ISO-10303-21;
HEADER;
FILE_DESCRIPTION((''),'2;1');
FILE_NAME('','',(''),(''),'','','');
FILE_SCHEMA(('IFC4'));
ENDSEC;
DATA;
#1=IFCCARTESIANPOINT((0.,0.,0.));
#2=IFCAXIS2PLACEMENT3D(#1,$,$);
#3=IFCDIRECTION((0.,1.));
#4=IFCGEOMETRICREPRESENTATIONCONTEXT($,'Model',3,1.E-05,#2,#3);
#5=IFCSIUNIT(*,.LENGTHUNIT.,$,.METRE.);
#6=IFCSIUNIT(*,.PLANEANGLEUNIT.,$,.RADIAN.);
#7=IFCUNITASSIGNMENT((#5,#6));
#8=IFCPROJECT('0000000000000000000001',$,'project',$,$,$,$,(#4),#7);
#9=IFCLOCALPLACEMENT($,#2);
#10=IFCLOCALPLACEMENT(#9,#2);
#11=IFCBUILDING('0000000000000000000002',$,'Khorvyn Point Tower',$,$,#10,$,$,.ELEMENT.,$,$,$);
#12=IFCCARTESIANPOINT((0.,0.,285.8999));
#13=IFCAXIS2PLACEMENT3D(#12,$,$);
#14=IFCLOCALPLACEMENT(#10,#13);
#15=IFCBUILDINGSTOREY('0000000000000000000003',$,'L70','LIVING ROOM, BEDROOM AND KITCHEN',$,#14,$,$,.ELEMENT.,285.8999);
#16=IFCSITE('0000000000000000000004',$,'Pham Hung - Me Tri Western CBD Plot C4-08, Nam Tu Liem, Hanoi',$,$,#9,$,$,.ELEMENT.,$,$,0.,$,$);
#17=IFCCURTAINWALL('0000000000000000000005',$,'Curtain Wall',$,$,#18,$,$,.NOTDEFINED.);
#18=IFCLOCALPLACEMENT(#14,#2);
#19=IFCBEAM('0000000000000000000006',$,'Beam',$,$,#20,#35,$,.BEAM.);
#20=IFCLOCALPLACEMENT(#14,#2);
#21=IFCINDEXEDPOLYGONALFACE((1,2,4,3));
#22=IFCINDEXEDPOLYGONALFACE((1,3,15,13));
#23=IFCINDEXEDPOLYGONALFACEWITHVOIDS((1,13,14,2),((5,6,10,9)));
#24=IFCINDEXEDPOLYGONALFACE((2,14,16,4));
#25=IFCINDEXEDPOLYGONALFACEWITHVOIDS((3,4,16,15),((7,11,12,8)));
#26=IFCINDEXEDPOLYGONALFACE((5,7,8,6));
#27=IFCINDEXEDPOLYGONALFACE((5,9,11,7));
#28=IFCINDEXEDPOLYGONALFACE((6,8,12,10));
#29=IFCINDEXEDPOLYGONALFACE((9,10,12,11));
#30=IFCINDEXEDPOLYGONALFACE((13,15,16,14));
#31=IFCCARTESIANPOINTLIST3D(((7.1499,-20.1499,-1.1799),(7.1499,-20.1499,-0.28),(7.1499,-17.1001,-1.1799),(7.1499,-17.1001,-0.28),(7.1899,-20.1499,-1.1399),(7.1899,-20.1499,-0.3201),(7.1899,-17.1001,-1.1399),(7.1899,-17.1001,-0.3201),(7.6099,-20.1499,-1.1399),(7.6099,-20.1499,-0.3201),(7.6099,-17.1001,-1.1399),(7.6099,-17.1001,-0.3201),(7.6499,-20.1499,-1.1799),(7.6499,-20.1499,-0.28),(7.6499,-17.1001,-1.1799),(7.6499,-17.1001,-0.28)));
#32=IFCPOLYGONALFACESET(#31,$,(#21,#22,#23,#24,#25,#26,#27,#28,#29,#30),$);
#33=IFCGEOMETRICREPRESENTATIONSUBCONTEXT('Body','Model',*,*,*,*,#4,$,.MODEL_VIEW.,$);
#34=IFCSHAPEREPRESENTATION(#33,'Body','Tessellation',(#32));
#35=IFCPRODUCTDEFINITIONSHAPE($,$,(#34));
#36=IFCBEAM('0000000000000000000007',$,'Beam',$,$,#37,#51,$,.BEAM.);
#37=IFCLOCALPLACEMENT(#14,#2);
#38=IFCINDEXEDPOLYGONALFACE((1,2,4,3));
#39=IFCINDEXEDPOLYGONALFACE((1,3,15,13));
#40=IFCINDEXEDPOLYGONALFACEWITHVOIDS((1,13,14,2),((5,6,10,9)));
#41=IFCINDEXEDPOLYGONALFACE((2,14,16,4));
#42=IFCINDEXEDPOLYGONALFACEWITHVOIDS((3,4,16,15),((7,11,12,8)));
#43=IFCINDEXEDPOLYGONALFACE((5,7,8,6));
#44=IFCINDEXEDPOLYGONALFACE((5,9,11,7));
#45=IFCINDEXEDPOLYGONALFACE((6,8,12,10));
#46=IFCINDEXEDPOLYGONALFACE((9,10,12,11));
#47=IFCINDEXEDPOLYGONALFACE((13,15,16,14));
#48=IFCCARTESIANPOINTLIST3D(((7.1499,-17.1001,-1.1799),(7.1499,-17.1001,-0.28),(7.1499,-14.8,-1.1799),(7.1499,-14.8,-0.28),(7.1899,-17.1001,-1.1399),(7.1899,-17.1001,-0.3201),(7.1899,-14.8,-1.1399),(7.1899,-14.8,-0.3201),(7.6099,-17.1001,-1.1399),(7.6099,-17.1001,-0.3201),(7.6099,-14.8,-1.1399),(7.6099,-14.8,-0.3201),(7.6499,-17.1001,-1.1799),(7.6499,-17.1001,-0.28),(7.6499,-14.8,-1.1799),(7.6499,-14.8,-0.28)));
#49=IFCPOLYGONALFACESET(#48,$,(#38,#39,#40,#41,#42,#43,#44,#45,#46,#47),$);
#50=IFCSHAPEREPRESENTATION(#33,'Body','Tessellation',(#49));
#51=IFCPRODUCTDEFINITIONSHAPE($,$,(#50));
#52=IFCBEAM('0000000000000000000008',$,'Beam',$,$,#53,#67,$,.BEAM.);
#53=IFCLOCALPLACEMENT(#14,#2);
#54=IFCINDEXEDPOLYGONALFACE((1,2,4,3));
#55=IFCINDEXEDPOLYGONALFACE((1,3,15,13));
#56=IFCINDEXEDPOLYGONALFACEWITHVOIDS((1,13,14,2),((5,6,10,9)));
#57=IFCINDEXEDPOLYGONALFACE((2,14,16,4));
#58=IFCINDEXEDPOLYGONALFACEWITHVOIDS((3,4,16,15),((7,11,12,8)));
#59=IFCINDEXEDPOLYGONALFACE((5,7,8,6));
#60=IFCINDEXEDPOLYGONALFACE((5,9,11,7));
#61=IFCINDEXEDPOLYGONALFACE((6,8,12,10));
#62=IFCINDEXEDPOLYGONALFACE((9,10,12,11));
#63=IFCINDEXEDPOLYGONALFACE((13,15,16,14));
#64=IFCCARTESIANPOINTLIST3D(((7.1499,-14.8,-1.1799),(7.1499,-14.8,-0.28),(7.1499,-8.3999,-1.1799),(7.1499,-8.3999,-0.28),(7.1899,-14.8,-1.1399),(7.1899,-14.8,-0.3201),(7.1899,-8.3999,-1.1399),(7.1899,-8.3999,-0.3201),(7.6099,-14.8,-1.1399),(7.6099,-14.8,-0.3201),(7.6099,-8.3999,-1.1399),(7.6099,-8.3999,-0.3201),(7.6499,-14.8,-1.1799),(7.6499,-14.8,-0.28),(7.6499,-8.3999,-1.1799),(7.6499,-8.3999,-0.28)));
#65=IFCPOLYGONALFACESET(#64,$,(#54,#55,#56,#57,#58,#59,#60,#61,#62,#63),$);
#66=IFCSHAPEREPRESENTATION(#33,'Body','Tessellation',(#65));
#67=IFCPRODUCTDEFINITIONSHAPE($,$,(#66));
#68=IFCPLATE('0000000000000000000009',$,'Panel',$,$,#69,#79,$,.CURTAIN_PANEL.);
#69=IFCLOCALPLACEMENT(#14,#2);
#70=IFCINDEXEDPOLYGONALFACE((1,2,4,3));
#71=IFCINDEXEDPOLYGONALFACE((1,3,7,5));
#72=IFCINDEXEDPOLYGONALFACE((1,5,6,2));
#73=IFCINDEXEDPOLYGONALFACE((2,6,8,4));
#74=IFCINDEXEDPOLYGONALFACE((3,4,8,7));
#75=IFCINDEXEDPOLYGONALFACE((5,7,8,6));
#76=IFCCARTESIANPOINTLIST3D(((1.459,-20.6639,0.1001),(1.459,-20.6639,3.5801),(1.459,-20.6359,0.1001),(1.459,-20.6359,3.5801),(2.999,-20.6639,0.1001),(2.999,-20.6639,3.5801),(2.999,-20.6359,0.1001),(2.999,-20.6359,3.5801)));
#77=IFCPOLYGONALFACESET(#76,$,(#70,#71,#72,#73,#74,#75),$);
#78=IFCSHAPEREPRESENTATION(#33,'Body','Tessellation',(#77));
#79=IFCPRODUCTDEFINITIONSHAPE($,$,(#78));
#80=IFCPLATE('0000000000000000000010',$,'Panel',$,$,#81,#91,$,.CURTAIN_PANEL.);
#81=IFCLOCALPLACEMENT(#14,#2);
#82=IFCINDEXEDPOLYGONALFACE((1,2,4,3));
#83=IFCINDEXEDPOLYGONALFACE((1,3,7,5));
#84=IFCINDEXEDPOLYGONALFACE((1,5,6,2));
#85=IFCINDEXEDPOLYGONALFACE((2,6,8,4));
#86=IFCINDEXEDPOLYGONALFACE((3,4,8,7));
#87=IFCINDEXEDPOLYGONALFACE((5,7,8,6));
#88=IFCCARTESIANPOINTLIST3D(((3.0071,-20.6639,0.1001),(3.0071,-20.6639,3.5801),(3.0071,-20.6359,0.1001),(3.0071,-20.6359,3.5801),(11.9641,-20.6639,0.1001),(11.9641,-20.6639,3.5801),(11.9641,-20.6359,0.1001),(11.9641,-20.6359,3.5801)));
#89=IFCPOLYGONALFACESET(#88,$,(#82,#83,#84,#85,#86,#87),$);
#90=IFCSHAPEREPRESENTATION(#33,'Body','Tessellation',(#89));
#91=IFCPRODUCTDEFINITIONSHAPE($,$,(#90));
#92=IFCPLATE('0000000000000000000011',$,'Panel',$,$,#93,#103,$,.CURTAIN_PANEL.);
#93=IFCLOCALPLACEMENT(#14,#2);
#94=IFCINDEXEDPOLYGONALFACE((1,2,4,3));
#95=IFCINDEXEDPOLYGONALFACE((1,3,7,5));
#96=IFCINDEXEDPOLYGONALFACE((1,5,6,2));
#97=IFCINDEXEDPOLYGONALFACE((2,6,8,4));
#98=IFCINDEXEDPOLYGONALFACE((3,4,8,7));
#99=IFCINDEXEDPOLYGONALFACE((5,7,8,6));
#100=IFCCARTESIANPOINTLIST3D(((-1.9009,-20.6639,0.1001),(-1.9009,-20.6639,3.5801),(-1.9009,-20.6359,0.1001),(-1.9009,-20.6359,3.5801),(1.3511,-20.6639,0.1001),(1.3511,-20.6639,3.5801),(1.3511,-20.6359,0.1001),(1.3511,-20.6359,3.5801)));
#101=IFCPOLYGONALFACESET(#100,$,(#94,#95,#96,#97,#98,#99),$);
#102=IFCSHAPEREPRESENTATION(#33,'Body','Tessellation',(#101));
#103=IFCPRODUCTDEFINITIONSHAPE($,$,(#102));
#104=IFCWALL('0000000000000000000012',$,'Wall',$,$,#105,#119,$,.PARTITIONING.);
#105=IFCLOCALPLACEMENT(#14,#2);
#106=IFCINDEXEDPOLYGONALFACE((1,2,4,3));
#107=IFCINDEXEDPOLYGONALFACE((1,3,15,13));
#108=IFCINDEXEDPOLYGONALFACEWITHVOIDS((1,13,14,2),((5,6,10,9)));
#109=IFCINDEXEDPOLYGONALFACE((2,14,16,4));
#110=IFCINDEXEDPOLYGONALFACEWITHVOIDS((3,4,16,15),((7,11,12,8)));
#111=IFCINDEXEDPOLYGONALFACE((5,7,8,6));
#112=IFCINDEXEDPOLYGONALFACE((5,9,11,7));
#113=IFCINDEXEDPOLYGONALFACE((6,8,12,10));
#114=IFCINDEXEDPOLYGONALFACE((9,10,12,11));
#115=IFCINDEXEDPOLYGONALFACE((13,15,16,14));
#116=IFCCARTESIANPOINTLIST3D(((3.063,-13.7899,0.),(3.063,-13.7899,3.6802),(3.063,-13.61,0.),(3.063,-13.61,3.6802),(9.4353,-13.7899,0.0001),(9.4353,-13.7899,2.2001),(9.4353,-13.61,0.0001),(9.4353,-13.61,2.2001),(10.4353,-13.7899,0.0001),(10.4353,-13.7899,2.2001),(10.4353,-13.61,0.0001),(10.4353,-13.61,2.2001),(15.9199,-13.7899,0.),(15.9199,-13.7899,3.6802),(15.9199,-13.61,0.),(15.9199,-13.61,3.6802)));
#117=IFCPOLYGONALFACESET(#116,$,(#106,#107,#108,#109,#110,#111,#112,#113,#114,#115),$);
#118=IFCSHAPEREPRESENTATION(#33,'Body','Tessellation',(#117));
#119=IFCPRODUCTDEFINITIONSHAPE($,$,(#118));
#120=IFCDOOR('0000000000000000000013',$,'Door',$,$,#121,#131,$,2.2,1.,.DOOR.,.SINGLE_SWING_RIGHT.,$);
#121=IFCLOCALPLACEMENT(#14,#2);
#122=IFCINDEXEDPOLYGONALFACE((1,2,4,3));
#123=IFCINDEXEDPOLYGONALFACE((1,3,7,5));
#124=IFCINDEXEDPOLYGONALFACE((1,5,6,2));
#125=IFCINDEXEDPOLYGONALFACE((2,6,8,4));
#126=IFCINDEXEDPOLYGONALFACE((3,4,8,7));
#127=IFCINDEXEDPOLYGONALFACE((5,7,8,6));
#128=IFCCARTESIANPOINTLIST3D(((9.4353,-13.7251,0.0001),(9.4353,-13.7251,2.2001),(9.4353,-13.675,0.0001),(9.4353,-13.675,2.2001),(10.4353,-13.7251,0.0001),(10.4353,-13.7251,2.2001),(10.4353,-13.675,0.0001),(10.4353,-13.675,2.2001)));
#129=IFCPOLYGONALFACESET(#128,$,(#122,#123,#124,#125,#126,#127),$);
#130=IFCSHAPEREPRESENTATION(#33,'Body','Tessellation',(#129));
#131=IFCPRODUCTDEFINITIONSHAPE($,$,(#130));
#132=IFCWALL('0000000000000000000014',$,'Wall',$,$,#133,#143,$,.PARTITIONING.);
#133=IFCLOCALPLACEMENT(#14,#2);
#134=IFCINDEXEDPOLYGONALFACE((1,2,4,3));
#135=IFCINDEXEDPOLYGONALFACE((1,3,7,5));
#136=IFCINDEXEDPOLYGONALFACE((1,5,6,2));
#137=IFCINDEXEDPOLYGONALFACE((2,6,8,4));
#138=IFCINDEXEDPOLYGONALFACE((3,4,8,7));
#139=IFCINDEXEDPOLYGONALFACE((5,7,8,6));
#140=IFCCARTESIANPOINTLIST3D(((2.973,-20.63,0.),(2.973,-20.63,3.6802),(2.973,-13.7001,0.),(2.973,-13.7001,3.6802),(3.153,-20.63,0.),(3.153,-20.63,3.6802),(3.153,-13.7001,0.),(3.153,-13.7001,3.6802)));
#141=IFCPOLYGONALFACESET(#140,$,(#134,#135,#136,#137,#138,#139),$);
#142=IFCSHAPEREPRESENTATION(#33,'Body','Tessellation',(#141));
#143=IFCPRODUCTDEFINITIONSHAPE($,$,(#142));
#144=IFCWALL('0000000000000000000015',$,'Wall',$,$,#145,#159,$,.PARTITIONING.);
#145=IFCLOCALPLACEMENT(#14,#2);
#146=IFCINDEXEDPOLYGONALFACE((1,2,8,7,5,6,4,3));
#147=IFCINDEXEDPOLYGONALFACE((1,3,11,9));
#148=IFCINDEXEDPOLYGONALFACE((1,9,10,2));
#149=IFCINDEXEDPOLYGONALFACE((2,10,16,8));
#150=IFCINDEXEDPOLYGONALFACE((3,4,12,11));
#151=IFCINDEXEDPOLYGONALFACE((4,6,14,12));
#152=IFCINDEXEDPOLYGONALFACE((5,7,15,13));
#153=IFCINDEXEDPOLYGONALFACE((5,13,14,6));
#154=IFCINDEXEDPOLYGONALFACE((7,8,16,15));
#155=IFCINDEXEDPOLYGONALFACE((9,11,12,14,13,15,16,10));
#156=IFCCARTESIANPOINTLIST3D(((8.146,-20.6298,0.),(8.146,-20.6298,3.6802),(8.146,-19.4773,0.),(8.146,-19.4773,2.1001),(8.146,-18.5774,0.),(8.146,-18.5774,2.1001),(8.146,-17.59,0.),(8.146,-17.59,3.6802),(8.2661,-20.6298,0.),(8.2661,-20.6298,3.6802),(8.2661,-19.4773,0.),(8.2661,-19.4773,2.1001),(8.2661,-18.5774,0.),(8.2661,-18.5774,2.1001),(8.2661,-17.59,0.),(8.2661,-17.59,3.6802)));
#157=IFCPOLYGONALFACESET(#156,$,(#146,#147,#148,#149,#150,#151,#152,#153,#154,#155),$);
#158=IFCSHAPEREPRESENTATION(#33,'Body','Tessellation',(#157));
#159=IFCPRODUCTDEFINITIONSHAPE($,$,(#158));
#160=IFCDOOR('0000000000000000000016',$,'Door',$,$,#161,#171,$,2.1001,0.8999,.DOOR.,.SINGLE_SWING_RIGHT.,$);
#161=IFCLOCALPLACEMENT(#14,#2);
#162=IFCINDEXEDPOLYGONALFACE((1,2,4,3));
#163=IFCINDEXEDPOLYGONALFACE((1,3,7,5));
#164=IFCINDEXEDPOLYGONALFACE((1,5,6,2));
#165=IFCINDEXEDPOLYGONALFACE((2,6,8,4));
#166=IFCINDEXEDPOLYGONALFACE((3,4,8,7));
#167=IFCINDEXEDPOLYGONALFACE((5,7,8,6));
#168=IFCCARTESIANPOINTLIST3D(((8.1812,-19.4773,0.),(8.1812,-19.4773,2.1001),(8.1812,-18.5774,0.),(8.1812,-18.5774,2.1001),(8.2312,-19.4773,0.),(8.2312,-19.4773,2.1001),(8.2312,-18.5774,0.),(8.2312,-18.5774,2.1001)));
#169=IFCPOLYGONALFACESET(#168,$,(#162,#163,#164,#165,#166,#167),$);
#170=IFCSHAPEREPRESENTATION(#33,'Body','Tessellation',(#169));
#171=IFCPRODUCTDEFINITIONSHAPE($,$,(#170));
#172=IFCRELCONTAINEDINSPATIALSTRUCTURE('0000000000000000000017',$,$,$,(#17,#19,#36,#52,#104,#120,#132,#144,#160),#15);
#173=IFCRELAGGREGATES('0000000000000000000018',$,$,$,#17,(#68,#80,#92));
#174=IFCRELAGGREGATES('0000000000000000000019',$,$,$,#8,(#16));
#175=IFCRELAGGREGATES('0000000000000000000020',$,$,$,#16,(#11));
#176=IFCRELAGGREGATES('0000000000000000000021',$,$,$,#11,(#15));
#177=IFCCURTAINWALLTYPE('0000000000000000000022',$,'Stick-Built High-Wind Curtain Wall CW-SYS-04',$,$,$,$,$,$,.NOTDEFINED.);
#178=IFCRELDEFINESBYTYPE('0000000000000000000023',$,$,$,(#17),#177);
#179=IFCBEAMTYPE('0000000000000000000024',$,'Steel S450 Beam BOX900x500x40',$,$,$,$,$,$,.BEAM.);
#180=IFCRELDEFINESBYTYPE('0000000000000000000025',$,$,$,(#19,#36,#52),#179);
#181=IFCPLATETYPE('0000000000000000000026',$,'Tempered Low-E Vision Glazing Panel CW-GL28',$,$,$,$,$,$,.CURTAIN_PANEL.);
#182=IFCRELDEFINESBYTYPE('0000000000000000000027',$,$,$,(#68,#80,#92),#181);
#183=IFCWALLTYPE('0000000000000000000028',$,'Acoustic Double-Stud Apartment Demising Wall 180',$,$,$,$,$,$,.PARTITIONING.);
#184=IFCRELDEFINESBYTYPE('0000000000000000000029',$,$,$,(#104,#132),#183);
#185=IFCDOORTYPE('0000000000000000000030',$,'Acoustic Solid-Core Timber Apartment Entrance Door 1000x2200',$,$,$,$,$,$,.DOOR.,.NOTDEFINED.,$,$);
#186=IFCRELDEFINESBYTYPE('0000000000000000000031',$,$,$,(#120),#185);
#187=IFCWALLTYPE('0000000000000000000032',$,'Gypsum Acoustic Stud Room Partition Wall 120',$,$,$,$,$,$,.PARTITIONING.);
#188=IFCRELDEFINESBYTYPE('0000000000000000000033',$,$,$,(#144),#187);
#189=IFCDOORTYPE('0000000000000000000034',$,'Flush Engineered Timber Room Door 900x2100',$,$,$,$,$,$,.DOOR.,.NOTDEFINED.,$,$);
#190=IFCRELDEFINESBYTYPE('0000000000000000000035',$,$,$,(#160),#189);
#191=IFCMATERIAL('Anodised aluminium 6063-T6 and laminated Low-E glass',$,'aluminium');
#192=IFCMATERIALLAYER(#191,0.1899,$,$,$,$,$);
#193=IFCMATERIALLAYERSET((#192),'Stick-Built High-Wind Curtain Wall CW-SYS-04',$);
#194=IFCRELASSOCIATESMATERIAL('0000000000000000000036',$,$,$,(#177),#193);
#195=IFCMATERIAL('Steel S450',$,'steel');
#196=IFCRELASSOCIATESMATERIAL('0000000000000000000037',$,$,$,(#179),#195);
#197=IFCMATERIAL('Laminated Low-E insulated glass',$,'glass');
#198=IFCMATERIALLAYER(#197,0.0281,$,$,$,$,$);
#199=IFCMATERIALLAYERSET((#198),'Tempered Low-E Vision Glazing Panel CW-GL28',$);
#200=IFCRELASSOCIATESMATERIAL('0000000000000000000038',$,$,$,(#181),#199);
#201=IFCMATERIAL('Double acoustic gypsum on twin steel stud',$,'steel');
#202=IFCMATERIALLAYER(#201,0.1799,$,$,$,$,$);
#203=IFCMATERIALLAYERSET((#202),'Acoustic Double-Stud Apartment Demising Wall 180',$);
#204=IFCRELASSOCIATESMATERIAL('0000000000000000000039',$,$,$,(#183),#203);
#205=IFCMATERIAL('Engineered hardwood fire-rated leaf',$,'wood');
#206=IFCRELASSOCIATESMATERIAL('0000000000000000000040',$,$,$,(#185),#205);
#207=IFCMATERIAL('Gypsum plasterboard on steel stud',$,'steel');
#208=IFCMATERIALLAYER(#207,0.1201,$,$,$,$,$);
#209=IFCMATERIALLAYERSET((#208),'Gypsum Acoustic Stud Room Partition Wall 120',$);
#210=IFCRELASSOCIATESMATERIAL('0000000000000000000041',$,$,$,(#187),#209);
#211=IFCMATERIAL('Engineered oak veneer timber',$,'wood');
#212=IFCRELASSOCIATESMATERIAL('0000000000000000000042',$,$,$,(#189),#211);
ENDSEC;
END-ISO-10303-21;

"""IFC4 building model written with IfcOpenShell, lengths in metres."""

from ifc_helpers import new_model, si_unit, direction, frame, frame_2d, origin, origin_2d, place, context, subcontext, project, spatial, rectangle, hollow_rectangle, extrude, material, layer, layer_set, material_profile, profile_set, type_object, element, fill, aggregate, save


model = new_model("IFC4")

# Units and contexts
model_context = context("Model", 3, precision=1e-05, world=origin(), true_north=direction((0.0, 1.0)))
body_context = subcontext(model_context, "Body", "Model", "MODEL_VIEW")
ifc_project = project(units=[si_unit("LENGTHUNIT", "METRE"), si_unit("PLANEANGLEUNIT", "RADIAN")], contexts=[model_context])

# Site, building, storey
site_placement = place(None, origin())
site = spatial("IfcSite", under=ifc_project, at=site_placement, Name="Pham Hung - Me Tri Western CBD Plot C4-08, Nam Tu Liem, Hanoi", CompositionType="ELEMENT", RefElevation=0.0)
building_placement = place(site_placement, origin())
building = spatial("IfcBuilding", under=site, at=building_placement, Name="Khorvyn Point Tower", CompositionType="ELEMENT")
storey_placement = place(building_placement, frame((0.0, 0.0, 285.8999)))
storey = spatial("IfcBuildingStorey", under=building, at=storey_placement, Name="L70", Description="LIVING ROOM, BEDROOM AND KITCHEN", CompositionType="ELEMENT", Elevation=285.8999)

# Shared definitions
ifc_material_1 = material(Name="Steel S450", Category="steel")

# Curtain wall
ifc_material_2 = material(Name="Anodised aluminium 6063-T6 and laminated Low-E glass", Category="aluminium")
ifc_layer_1 = layer(ifc_material_2, 0.1899)
ifc_layer_set_1 = layer_set([ifc_layer_1], Name="Stick-Built High-Wind Curtain Wall CW-SYS-04")
curtain_wall_type = type_object("IfcCurtainWallType", Name="Stick-Built High-Wind Curtain Wall CW-SYS-04", PredefinedType="NOTDEFINED", material=ifc_layer_set_1)
curtain_wall_placement = place(storey_placement, origin())
curtain_wall = element("IfcCurtainWall", 1, at=curtain_wall_placement, inside=storey, type_object=curtain_wall_type, Name="Curtain Wall", PredefinedType="NOTDEFINED")

# Beams
ifc_material_profile_1 = material_profile(ifc_material_1, hollow_rectangle(XDim=0.5, YDim=0.8999, WallThickness=0.04, at=origin_2d()))
ifc_profile_set_1 = profile_set([ifc_material_profile_1], Name="Steel S450 BOX900x500x40")
beam_type_1 = type_object("IfcBeamType", Name="Steel S450 Beam BOX900x500x40", PredefinedType="BEAM", material=ifc_profile_set_1)
beam_1_placement = place(storey_placement, frame((7.3999, -20.1499, -0.73), z_axis=(0.0, 1.0, 0.0), x_axis=(-1.0, 0.0, 0.0)))
element("IfcBeam", 2, at=beam_1_placement, inside=storey, type_object=beam_type_1, Name="Beam", PredefinedType="BEAM", context=body_context, shape_type="SweptSolid", body=[
    extrude(hollow_rectangle(XDim=0.5, YDim=0.8999, WallThickness=0.04, at=origin_2d()), origin(), (0.0, 0.0, 1.0), 3.0498),
])
beam_2_placement = place(storey_placement, frame((7.3999, -17.1001, -0.73), z_axis=(0.0, 1.0, 0.0), x_axis=(-1.0, 0.0, 0.0)))
element("IfcBeam", 3, at=beam_2_placement, inside=storey, type_object=beam_type_1, Name="Beam", PredefinedType="BEAM", context=body_context, shape_type="SweptSolid", body=[
    extrude(hollow_rectangle(XDim=0.5, YDim=0.8999, WallThickness=0.04, at=origin_2d()), origin(), (0.0, 0.0, 1.0), 2.3),
])
beam_3_placement = place(storey_placement, frame((7.3999, -14.8, -0.73), z_axis=(0.0, 1.0, 0.0), x_axis=(-1.0, 0.0, 0.0)))
element("IfcBeam", 4, at=beam_3_placement, inside=storey, type_object=beam_type_1, Name="Beam", PredefinedType="BEAM", context=body_context, shape_type="SweptSolid", body=[
    extrude(hollow_rectangle(XDim=0.5, YDim=0.8999, WallThickness=0.04, at=origin_2d()), origin(), (0.0, 0.0, 1.0), 6.4001),
])

# Plates
ifc_material_3 = material(Name="Laminated Low-E insulated glass", Category="glass")
ifc_layer_2 = layer(ifc_material_3, 0.0281)
ifc_layer_set_2 = layer_set([ifc_layer_2], Name="Tempered Low-E Vision Glazing Panel CW-GL28")
plate_type = type_object("IfcPlateType", Name="Tempered Low-E Vision Glazing Panel CW-GL28", PredefinedType="CURTAIN_PANEL", material=ifc_layer_set_2)
plate_1_placement = place(storey_placement, frame((2.229, -20.6499, 0.1001), z_axis=(0.0, 0.0, 1.0), x_axis=(-1.0, 0.0, 0.0)))
plate_1 = element("IfcPlate", 5, at=plate_1_placement, type_object=plate_type, Name="Panel", PredefinedType="CURTAIN_PANEL", context=body_context, shape_type="SweptSolid", body=[
    extrude(rectangle(XDim=1.54, YDim=0.0281, at=origin_2d()), origin(), (0.0, 0.0, 1.0), 3.48),
])
plate_2_placement = place(storey_placement, frame((7.4856, -20.6499, 0.1001), z_axis=(0.0, 0.0, 1.0), x_axis=(-1.0, 0.0, 0.0)))
plate_2 = element("IfcPlate", 6, at=plate_2_placement, type_object=plate_type, Name="Panel", PredefinedType="CURTAIN_PANEL", context=body_context, shape_type="SweptSolid", body=[
    extrude(rectangle(XDim=8.957, YDim=0.0281, at=origin_2d()), origin(), (0.0, 0.0, 1.0), 3.48),
])
plate_3_placement = place(storey_placement, frame((-0.2749, -20.6499, 0.1001), z_axis=(0.0, 0.0, 1.0), x_axis=(-1.0, 0.0, 0.0)))
plate_3 = element("IfcPlate", 7, at=plate_3_placement, type_object=plate_type, Name="Panel", PredefinedType="CURTAIN_PANEL", context=body_context, shape_type="SweptSolid", body=[
    extrude(rectangle(XDim=3.252, YDim=0.0281, at=origin_2d()), origin(), (0.0, 0.0, 1.0), 3.48),
])
aggregate(curtain_wall, [plate_1, plate_2, plate_3])

# Wall, opening, door
ifc_material_4 = material(Name="Double acoustic gypsum on twin steel stud", Category="steel")
ifc_layer_3 = layer(ifc_material_4, 0.1799)
ifc_layer_set_3 = layer_set([ifc_layer_3], Name="Acoustic Double-Stud Apartment Demising Wall 180")
wall_type_1 = type_object("IfcWallType", Name="Acoustic Double-Stud Apartment Demising Wall 180", PredefinedType="PARTITIONING", material=ifc_layer_set_3)
wall_1_placement = place(storey_placement, frame((3.063, -13.7, 0.0), z_axis=(0.0, 0.0, 1.0), x_axis=(1.0, 0.0, 0.0)))
wall_1 = element("IfcWall", 8, at=wall_1_placement, inside=storey, type_object=wall_type_1, Name="Wall", PredefinedType="PARTITIONING", context=body_context, shape_type="SweptSolid", body=[
    extrude(rectangle(XDim=12.8569, YDim=0.1799, at=frame_2d((6.4285, 0.0))), origin(), (0.0, 0.0, 1.0), 3.6802),
])
opening_1_placement = place(wall_1_placement, frame((6.3723, 0.0, 0.0)))
opening_1 = element("IfcOpeningElement", 9, at=opening_1_placement, cuts=wall_1, PredefinedType="OPENING", context=body_context, shape_type="SweptSolid", body=[
    extrude(rectangle(XDim=1.0, YDim=2.2, at=frame_2d((0.5, 1.1001))), frame((0.0, 0.0999, 0.0), z_axis=(0.0, -1.0, 0.0), x_axis=(1.0, 0.0, 0.0)), (0.0, 0.0, 1.0), 0.2),
])
ifc_material_5 = material(Name="Engineered hardwood fire-rated leaf", Category="wood")
door_type_1 = type_object("IfcDoorType", Name="Acoustic Solid-Core Timber Apartment Entrance Door 1000x2200", OperationType="NOTDEFINED", PredefinedType="DOOR", material=ifc_material_5)
door_1_placement = place(opening_1_placement, origin())
door_1 = element("IfcDoor", 10, at=door_1_placement, inside=storey, type_object=door_type_1, Name="Door", OperationType="SINGLE_SWING_RIGHT", OverallHeight=2.2, OverallWidth=1.0, PredefinedType="DOOR", context=body_context, shape_type="SweptSolid", body=[
    extrude(rectangle(XDim=1.0, YDim=2.2, at=frame_2d((0.5, 1.1001))), frame((0.0, 0.0249, 0.0), z_axis=(0.0, -1.0, 0.0), x_axis=(1.0, 0.0, 0.0)), (0.0, 0.0, 1.0), 0.05),
])
fill(opening_1, door_1)

# Wall
wall_2_placement = place(storey_placement, frame((3.063, -20.6299, 0.0), z_axis=(0.0, 0.0, 1.0), x_axis=(0.0, 1.0, 0.0)))
element("IfcWall", 11, at=wall_2_placement, inside=storey, type_object=wall_type_1, Name="Wall", PredefinedType="PARTITIONING", context=body_context, shape_type="SweptSolid", body=[
    extrude(rectangle(XDim=6.9299, YDim=0.1799, at=frame_2d((3.4648, 0.0))), origin(), (0.0, 0.0, 1.0), 3.6802),
])

# Wall, opening, door
ifc_material_6 = material(Name="Gypsum plasterboard on steel stud", Category="steel")
ifc_layer_4 = layer(ifc_material_6, 0.1201)
ifc_layer_set_4 = layer_set([ifc_layer_4], Name="Gypsum Acoustic Stud Room Partition Wall 120")
wall_type_2 = type_object("IfcWallType", Name="Gypsum Acoustic Stud Room Partition Wall 120", PredefinedType="PARTITIONING", material=ifc_layer_set_4)
wall_3_placement = place(storey_placement, frame((8.2061, -20.6299, 0.0), z_axis=(0.0, 0.0, 1.0), x_axis=(0.0, 1.0, 0.0)))
wall_3 = element("IfcWall", 12, at=wall_3_placement, inside=storey, type_object=wall_type_2, Name="Wall", PredefinedType="PARTITIONING", context=body_context, shape_type="SweptSolid", body=[
    extrude(rectangle(XDim=3.0398, YDim=0.1201, at=frame_2d((1.52, 0.0))), origin(), (0.0, 0.0, 1.0), 3.6802),
])
opening_2_placement = place(wall_3_placement, frame((1.1526, 0.0, 0.0)))
opening_2 = element("IfcOpeningElement", 13, at=opening_2_placement, cuts=wall_3, PredefinedType="OPENING", context=body_context, shape_type="SweptSolid", body=[
    extrude(rectangle(XDim=0.8999, YDim=2.1001, at=frame_2d((0.45, 1.05))), frame((0.0, 0.0701, 0.0), z_axis=(0.0, -1.0, 0.0), x_axis=(1.0, 0.0, 0.0)), (0.0, 0.0, 1.0), 0.1401),
])
ifc_material_7 = material(Name="Engineered oak veneer timber", Category="wood")
door_type_2 = type_object("IfcDoorType", Name="Flush Engineered Timber Room Door 900x2100", OperationType="NOTDEFINED", PredefinedType="DOOR", material=ifc_material_7)
door_2_placement = place(opening_2_placement, origin())
door_2 = element("IfcDoor", 14, at=door_2_placement, inside=storey, type_object=door_type_2, Name="Door", OperationType="SINGLE_SWING_RIGHT", OverallHeight=2.1001, OverallWidth=0.8999, PredefinedType="DOOR", context=body_context, shape_type="SweptSolid", body=[
    extrude(rectangle(XDim=0.8999, YDim=2.1001, at=frame_2d((0.45, 1.05))), frame((0.0, 0.0249, 0.0), z_axis=(0.0, -1.0, 0.0), x_axis=(1.0, 0.0, 0.0)), (0.0, 0.0, 1.0), 0.05),
])
fill(opening_2, door_2)

save(model, "model.ifc")
